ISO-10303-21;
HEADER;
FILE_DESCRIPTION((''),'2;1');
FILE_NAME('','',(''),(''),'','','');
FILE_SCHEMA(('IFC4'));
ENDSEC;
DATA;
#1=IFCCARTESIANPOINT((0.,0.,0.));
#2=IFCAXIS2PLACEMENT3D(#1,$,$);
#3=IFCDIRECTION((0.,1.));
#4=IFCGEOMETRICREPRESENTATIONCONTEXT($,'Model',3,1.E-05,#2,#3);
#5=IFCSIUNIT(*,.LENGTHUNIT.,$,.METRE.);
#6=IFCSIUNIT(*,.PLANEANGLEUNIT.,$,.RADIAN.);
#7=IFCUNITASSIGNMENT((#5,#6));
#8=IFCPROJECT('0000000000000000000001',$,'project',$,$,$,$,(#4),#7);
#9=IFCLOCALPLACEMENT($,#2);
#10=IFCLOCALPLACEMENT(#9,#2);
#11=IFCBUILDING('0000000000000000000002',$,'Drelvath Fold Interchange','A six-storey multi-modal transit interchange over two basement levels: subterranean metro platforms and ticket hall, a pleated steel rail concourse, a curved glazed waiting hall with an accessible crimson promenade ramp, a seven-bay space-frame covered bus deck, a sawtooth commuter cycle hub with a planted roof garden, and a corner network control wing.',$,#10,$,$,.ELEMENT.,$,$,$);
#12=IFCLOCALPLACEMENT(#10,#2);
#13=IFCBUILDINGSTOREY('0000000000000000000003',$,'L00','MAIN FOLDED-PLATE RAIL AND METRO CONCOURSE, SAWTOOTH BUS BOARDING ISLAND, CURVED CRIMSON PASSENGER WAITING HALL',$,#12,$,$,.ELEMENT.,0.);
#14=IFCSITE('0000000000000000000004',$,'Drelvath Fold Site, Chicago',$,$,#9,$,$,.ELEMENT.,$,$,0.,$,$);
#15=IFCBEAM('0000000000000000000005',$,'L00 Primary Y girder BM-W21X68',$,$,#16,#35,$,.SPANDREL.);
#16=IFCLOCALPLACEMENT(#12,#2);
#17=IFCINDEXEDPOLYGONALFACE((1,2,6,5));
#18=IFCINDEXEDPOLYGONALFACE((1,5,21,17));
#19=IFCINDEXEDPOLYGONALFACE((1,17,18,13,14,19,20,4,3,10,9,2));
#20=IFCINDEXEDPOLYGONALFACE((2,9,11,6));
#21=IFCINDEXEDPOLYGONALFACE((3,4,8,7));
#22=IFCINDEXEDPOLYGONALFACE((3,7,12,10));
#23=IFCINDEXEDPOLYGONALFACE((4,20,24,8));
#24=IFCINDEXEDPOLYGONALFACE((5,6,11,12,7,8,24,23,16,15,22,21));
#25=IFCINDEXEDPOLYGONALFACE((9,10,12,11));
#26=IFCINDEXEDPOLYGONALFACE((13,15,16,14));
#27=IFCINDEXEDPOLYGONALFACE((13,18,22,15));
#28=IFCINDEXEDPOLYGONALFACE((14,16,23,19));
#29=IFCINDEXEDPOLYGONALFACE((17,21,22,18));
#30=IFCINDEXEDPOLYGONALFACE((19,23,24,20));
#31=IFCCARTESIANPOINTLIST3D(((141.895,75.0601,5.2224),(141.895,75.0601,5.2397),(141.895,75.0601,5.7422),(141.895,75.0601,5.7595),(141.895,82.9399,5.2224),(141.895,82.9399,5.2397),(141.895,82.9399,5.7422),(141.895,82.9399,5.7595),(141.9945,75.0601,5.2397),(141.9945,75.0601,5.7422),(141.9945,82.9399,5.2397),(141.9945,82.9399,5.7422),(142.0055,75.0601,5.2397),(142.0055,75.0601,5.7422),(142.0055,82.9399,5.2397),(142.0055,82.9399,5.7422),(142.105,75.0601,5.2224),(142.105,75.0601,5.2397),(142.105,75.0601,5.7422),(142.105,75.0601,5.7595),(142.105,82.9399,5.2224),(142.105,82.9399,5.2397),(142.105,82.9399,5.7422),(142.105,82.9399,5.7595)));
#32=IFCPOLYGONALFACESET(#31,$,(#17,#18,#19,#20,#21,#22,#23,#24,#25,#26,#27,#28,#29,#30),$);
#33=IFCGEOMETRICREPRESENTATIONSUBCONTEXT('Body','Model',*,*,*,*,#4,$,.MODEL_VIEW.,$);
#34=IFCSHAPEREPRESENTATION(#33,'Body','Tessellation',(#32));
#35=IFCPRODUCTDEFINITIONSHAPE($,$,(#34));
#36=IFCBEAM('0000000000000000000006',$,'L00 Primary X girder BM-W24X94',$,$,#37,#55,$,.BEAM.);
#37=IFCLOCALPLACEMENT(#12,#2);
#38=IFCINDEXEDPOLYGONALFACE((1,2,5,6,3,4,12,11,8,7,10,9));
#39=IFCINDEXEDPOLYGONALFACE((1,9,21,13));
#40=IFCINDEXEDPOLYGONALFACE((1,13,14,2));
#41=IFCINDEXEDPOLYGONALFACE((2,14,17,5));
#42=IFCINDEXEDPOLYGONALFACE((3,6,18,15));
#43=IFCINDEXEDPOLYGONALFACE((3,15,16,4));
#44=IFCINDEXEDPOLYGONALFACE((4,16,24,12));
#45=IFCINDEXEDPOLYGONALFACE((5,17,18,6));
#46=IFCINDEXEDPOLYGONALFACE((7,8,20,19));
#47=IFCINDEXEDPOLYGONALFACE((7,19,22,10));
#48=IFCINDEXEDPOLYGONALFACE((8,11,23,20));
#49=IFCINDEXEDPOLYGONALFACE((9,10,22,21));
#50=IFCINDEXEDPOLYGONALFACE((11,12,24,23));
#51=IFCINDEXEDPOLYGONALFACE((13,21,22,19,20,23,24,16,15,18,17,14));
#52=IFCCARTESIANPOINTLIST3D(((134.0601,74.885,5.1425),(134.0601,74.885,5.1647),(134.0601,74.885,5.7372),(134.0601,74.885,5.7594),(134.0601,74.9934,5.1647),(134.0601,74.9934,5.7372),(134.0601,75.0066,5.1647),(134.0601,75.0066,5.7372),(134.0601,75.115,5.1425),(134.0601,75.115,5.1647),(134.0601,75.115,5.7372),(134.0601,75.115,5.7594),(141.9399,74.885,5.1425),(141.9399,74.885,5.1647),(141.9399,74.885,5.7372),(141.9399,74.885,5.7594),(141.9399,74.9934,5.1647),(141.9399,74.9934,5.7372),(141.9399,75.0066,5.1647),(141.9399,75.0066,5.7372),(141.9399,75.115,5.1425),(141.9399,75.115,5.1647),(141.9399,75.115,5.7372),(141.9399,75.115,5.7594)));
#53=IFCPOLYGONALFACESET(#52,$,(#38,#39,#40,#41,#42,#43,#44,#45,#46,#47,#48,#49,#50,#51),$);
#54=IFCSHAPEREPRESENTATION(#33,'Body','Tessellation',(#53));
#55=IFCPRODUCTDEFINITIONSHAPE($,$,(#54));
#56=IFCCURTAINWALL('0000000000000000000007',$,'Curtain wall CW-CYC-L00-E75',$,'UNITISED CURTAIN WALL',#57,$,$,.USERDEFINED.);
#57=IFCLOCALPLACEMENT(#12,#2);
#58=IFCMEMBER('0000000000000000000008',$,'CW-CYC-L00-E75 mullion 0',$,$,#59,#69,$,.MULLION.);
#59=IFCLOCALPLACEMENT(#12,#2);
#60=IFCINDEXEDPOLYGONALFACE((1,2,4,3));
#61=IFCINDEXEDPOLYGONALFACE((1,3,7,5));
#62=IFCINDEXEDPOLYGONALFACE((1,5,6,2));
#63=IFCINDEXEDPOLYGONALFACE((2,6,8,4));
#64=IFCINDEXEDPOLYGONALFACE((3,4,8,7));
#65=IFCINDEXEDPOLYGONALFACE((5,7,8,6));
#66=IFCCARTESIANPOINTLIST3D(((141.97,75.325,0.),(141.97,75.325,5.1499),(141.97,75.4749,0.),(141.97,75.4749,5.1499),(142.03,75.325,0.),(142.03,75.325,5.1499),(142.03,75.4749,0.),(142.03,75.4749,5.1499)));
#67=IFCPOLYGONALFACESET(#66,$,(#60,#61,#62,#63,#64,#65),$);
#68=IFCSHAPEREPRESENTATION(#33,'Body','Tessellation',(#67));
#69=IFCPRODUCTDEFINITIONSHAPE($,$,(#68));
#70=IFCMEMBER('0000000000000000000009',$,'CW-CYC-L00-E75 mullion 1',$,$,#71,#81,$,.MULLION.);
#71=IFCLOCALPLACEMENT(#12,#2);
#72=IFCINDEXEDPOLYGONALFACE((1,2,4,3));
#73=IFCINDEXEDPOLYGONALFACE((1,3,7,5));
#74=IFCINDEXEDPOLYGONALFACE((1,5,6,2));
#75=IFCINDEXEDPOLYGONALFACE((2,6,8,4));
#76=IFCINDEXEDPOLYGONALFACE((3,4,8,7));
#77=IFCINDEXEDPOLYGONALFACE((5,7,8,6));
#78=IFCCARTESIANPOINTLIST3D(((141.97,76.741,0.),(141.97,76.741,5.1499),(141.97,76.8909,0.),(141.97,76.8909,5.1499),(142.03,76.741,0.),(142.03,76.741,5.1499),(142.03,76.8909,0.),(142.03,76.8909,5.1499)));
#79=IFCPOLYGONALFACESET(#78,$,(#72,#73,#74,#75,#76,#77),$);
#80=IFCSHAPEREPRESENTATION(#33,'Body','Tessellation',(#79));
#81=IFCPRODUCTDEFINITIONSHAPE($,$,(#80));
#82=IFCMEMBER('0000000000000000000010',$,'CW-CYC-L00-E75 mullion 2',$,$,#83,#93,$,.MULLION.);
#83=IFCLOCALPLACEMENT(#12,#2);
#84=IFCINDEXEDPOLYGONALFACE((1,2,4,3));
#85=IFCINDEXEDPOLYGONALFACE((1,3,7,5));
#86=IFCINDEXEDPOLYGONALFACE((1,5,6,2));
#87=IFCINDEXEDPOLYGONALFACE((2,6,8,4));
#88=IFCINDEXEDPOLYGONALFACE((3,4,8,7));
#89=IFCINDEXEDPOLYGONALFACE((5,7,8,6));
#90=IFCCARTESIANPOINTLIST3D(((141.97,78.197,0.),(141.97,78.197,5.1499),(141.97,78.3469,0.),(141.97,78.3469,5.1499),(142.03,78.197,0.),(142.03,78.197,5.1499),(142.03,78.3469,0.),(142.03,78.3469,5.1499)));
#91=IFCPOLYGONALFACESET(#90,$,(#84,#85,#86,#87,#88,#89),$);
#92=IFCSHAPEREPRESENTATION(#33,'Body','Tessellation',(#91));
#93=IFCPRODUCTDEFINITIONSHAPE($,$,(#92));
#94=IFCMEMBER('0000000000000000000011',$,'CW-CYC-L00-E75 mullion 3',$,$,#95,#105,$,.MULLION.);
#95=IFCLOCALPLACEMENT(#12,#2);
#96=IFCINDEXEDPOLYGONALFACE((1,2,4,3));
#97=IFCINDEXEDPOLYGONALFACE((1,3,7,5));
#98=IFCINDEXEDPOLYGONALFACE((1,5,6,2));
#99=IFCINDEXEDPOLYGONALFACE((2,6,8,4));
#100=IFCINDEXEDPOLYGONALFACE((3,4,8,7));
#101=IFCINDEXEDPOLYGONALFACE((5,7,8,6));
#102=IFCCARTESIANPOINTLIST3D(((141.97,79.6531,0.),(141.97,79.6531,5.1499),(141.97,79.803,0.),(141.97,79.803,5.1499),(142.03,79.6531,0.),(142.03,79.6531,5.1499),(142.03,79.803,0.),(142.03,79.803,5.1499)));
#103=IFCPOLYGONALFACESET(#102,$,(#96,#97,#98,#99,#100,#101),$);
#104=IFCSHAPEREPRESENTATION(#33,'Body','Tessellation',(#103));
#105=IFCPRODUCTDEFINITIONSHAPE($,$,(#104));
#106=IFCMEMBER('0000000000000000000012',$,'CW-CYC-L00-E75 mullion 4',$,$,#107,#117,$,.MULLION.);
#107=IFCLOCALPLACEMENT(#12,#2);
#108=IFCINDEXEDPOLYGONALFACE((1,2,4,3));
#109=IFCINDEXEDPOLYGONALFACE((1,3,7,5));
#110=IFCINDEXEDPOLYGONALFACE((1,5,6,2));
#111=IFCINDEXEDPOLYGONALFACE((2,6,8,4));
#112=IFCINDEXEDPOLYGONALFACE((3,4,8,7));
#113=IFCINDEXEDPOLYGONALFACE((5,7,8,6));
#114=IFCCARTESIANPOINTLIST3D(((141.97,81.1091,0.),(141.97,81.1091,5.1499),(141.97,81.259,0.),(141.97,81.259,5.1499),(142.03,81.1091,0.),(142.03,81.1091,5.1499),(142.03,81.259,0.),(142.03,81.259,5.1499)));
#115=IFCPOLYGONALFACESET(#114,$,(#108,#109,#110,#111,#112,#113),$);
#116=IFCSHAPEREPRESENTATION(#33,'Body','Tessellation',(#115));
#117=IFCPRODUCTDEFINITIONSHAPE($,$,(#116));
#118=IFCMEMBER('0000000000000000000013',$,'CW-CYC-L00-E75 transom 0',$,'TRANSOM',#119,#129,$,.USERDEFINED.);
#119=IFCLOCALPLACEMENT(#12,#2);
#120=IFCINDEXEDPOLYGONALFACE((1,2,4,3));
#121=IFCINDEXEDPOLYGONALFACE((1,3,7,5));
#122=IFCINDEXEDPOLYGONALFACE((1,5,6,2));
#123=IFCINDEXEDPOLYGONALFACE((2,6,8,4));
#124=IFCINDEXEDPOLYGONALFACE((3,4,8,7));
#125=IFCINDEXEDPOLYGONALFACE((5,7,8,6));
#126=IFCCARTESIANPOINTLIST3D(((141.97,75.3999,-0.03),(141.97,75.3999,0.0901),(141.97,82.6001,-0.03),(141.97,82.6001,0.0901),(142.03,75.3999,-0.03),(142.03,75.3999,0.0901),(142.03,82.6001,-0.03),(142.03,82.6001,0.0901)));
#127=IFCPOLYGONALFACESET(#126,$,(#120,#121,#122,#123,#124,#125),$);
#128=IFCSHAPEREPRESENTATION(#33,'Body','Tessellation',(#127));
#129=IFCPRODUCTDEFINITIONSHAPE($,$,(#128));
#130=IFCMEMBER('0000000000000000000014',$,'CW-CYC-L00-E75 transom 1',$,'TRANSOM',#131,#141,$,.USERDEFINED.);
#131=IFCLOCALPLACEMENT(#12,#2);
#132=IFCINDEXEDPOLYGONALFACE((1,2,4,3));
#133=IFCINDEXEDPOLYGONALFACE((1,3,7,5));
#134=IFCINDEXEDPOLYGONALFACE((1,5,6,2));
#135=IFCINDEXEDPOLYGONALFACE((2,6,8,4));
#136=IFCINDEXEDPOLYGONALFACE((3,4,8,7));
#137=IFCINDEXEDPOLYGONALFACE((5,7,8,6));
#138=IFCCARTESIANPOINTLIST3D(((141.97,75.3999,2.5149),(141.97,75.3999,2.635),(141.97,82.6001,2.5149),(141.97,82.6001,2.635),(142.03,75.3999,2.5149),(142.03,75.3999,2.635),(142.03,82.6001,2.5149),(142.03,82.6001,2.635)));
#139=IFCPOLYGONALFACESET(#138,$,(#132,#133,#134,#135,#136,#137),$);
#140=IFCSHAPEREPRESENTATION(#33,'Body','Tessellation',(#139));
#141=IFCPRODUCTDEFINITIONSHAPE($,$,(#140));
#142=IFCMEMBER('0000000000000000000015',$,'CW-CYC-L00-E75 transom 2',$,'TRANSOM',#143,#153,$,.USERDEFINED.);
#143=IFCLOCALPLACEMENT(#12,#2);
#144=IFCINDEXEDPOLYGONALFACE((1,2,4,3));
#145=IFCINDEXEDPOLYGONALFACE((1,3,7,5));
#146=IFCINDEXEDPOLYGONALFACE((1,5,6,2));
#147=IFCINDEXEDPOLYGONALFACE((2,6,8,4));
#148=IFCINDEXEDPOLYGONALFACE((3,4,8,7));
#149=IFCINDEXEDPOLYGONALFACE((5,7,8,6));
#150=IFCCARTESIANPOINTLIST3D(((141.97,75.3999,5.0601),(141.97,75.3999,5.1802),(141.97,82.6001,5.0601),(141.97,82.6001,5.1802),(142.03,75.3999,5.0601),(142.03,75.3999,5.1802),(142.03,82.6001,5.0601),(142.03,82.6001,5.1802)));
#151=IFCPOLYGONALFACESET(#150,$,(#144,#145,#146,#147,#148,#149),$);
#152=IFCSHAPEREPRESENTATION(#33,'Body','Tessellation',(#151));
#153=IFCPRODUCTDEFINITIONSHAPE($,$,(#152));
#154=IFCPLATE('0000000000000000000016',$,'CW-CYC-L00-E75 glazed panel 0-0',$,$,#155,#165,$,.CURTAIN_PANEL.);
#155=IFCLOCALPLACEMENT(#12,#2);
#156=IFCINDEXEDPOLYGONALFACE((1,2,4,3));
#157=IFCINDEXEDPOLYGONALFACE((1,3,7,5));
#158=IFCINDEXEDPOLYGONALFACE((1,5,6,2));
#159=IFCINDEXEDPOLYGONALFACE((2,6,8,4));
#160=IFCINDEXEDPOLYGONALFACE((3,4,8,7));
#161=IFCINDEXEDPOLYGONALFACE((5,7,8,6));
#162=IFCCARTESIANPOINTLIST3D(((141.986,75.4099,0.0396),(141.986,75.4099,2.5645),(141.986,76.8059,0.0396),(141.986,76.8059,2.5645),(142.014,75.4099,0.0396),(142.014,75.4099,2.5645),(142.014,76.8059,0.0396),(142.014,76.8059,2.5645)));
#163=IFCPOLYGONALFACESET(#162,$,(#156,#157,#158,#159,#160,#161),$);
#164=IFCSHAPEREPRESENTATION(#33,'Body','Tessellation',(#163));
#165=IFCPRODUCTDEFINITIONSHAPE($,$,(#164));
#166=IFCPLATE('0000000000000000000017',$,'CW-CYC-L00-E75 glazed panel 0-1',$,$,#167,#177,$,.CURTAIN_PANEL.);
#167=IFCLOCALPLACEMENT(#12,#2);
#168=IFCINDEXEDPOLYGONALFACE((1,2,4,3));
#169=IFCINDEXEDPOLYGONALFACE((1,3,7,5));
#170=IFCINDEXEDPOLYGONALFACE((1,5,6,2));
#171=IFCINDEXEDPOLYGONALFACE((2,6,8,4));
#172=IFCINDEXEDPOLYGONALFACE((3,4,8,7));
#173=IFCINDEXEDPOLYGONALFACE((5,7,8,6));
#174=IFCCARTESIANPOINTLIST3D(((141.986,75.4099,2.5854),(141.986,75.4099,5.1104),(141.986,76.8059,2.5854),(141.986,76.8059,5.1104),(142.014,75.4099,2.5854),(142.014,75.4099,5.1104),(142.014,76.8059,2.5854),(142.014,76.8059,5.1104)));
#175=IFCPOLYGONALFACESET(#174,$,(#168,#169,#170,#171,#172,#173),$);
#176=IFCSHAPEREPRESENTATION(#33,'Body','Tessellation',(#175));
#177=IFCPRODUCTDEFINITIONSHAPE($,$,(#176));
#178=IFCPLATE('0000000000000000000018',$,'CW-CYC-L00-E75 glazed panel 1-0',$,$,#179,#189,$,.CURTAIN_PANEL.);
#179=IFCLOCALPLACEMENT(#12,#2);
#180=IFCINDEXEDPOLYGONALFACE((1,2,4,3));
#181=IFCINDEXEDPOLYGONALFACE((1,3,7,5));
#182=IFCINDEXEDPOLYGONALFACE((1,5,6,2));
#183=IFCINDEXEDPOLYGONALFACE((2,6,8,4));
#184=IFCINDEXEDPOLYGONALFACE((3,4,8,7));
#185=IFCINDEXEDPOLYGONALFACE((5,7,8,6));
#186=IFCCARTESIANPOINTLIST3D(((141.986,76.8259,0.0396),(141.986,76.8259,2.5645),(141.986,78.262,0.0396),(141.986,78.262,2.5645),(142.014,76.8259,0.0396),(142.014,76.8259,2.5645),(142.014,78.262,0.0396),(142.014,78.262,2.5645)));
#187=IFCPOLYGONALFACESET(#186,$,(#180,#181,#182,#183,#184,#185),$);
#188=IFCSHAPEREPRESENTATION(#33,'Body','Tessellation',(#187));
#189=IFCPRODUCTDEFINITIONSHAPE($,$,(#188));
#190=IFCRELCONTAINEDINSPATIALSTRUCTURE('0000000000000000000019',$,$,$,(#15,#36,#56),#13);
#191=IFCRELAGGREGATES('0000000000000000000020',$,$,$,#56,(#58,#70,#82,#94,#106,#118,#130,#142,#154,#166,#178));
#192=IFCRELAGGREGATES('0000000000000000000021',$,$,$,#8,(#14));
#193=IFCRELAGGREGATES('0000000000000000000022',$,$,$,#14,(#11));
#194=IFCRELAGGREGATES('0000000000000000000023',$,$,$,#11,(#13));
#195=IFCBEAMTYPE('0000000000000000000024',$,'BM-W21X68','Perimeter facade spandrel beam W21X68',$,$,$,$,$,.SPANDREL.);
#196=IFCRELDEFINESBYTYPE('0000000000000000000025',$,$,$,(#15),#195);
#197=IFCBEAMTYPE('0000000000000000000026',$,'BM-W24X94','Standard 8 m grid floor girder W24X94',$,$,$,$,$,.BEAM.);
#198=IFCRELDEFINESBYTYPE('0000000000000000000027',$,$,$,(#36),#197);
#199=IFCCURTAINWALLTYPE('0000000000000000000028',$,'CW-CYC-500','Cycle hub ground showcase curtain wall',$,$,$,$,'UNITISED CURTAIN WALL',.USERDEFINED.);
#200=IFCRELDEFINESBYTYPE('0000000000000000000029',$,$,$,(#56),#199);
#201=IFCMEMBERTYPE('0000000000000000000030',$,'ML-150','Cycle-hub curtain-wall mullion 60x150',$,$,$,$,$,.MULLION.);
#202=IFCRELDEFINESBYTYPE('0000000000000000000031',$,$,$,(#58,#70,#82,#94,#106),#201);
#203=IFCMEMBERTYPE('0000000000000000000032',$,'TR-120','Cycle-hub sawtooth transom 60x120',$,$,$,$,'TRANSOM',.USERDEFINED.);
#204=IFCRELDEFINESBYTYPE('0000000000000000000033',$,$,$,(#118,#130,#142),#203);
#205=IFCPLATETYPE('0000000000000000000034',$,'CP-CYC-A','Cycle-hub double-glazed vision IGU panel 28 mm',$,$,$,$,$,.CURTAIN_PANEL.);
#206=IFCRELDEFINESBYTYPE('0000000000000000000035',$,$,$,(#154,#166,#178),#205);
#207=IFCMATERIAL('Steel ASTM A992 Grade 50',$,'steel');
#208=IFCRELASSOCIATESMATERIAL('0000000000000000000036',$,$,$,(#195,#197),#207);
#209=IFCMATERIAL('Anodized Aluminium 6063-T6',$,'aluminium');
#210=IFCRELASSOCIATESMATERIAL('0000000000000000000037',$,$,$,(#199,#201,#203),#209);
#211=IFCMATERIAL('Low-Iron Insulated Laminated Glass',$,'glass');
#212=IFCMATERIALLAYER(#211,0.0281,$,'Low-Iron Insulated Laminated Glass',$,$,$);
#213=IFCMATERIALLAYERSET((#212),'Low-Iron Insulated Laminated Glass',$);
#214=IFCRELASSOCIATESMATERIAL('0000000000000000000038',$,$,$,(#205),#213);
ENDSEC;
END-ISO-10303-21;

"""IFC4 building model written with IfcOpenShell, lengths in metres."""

from ifc_helpers import new_model, si_unit, direction, frame, origin, origin_2d, place, context, subcontext, project, spatial, rectangle, i_section, extrude, material, layer, layer_set, material_profile, profile_set, type_object, element, aggregate, save


model = new_model("IFC4")

# Units and contexts
model_context = context("Model", 3, precision=1e-05, world=origin(), true_north=direction((0.0, 1.0)))
body_context = subcontext(model_context, "Body", "Model", "MODEL_VIEW")
ifc_project = project(units=[si_unit("LENGTHUNIT", "METRE"), si_unit("PLANEANGLEUNIT", "RADIAN")], contexts=[model_context])

# Site, building, storey
site_placement = place(None, origin())
site = spatial("IfcSite", under=ifc_project, at=site_placement, Name="Drelvath Fold Site, Chicago", CompositionType="ELEMENT", RefElevation=0.0)
building_placement = place(site_placement, origin())
building = spatial("IfcBuilding", under=site, at=building_placement, Name="Drelvath Fold Interchange", Description="A six-storey multi-modal transit interchange over two basement levels: subterranean metro platforms and ticket hall, a pleated steel rail concourse, a curved glazed waiting hall with an accessible crimson promenade ramp, a seven-bay space-frame covered bus deck, a sawtooth commuter cycle hub with a planted roof garden, and a corner network control wing.", CompositionType="ELEMENT")
storey_placement = place(building_placement, origin())
storey = spatial("IfcBuildingStorey", under=building, at=storey_placement, Name="L00", Description="MAIN FOLDED-PLATE RAIL AND METRO CONCOURSE, SAWTOOTH BUS BOARDING ISLAND, CURVED CRIMSON PASSENGER WAITING HALL", CompositionType="ELEMENT", Elevation=0.0)

# Beams
ifc_material_1 = material(Name="Steel ASTM A992 Grade 50", Category="steel")
ifc_material_profile_1 = material_profile(ifc_material_1, i_section(OverallWidth=0.21, OverallDepth=0.5371, WebThickness=0.011, FlangeThickness=0.0173, at=origin_2d()), Name="W21X68")
ifc_profile_set_1 = profile_set([ifc_material_profile_1], Name="Steel ASTM A992 Grade 50")
beam_type_1 = type_object("IfcBeamType", Name="BM-W21X68", Description="Perimeter facade spandrel beam W21X68", PredefinedType="SPANDREL", material=ifc_profile_set_1)
beam_1_placement = place(storey_placement, frame((142.0, 75.0601, 5.491), z_axis=(0.0, 1.0, 0.0), x_axis=(-1.0, 0.0, 0.0)))
element("IfcBeam", 1, at=beam_1_placement, inside=storey, type_object=beam_type_1, Name="L00 Primary Y girder BM-W21X68", PredefinedType="SPANDREL", context=body_context, shape_type="SweptSolid", body=[
    extrude(i_section(OverallWidth=0.21, OverallDepth=0.5371, WebThickness=0.011, FlangeThickness=0.0173, at=origin_2d()), origin(), (0.0, 0.0, 1.0), 7.8799),
])
ifc_material_profile_2 = material_profile(ifc_material_1, i_section(OverallWidth=0.23, OverallDepth=0.6169, WebThickness=0.0132, FlangeThickness=0.0222, at=origin_2d()), Name="W24X94")
ifc_profile_set_2 = profile_set([ifc_material_profile_2], Name="Steel ASTM A992 Grade 50")
beam_type_2 = type_object("IfcBeamType", Name="BM-W24X94", Description="Standard 8 m grid floor girder W24X94", PredefinedType="BEAM", material=ifc_profile_set_2)
beam_2_placement = place(storey_placement, frame((134.0601, 75.0, 5.4509), z_axis=(1.0, 0.0, 0.0), x_axis=(0.0, 1.0, 0.0)))
element("IfcBeam", 2, at=beam_2_placement, inside=storey, type_object=beam_type_2, Name="L00 Primary X girder BM-W24X94", PredefinedType="BEAM", context=body_context, shape_type="SweptSolid", body=[
    extrude(i_section(OverallWidth=0.23, OverallDepth=0.6169, WebThickness=0.0132, FlangeThickness=0.0222, at=origin_2d()), origin(), (0.0, 0.0, 1.0), 7.8799),
])

# Curtain wall, members, plates
ifc_material_2 = material(Name="Anodized Aluminium 6063-T6", Category="aluminium")
curtain_wall_type = type_object("IfcCurtainWallType", Name="CW-CYC-500", Description="Cycle hub ground showcase curtain wall", ElementType="UNITISED CURTAIN WALL", PredefinedType="USERDEFINED", material=ifc_material_2)
curtain_wall_placement = place(storey_placement, origin())
curtain_wall = element("IfcCurtainWall", 3, at=curtain_wall_placement, inside=storey, type_object=curtain_wall_type, Name="Curtain wall CW-CYC-L00-E75", ObjectType="UNITISED CURTAIN WALL", PredefinedType="USERDEFINED")
ifc_material_profile_3 = material_profile(ifc_material_2, rectangle(XDim=0.0601, YDim=0.1499, at=origin_2d()), Name="AL-M 60x150")
ifc_profile_set_3 = profile_set([ifc_material_profile_3], Name="Anodized Aluminium 6063-T6")
member_type_1 = type_object("IfcMemberType", Name="ML-150", Description="Cycle-hub curtain-wall mullion 60x150", PredefinedType="MULLION", material=ifc_profile_set_3)
member_1_placement = place(storey_placement, frame((142.0, 75.3999, 0.0), z_axis=(0.0, 0.0, 1.0), x_axis=(1.0, 0.0, 0.0)))
member_1 = element("IfcMember", 4, at=member_1_placement, type_object=member_type_1, Name="CW-CYC-L00-E75 mullion 0", PredefinedType="MULLION", context=body_context, shape_type="SweptSolid", body=[
    extrude(rectangle(XDim=0.0601, YDim=0.1499, at=origin_2d()), origin(), (0.0, 0.0, 1.0), 5.1499),
])
member_2_placement = place(storey_placement, frame((142.0, 76.8159, 0.0), z_axis=(0.0, 0.0, 1.0), x_axis=(1.0, 0.0, 0.0)))
member_2 = element("IfcMember", 5, at=member_2_placement, type_object=member_type_1, Name="CW-CYC-L00-E75 mullion 1", PredefinedType="MULLION", context=body_context, shape_type="SweptSolid", body=[
    extrude(rectangle(XDim=0.0601, YDim=0.1499, at=origin_2d()), origin(), (0.0, 0.0, 1.0), 5.1499),
])
member_3_placement = place(storey_placement, frame((142.0, 78.272, 0.0), z_axis=(0.0, 0.0, 1.0), x_axis=(1.0, 0.0, 0.0)))
member_3 = element("IfcMember", 6, at=member_3_placement, type_object=member_type_1, Name="CW-CYC-L00-E75 mullion 2", PredefinedType="MULLION", context=body_context, shape_type="SweptSolid", body=[
    extrude(rectangle(XDim=0.0601, YDim=0.1499, at=origin_2d()), origin(), (0.0, 0.0, 1.0), 5.1499),
])
member_4_placement = place(storey_placement, frame((142.0, 79.728, 0.0), z_axis=(0.0, 0.0, 1.0), x_axis=(1.0, 0.0, 0.0)))
member_4 = element("IfcMember", 7, at=member_4_placement, type_object=member_type_1, Name="CW-CYC-L00-E75 mullion 3", PredefinedType="MULLION", context=body_context, shape_type="SweptSolid", body=[
    extrude(rectangle(XDim=0.0601, YDim=0.1499, at=origin_2d()), origin(), (0.0, 0.0, 1.0), 5.1499),
])
member_5_placement = place(storey_placement, frame((142.0, 81.1841, 0.0), z_axis=(0.0, 0.0, 1.0), x_axis=(1.0, 0.0, 0.0)))
member_5 = element("IfcMember", 8, at=member_5_placement, type_object=member_type_1, Name="CW-CYC-L00-E75 mullion 4", PredefinedType="MULLION", context=body_context, shape_type="SweptSolid", body=[
    extrude(rectangle(XDim=0.0601, YDim=0.1499, at=origin_2d()), origin(), (0.0, 0.0, 1.0), 5.1499),
])
ifc_material_profile_4 = material_profile(ifc_material_2, rectangle(XDim=0.0601, YDim=0.1201, at=origin_2d()), Name="AL-T 60x120")
ifc_profile_set_4 = profile_set([ifc_material_profile_4], Name="Anodized Aluminium 6063-T6")
member_type_2 = type_object("IfcMemberType", Name="TR-120", Description="Cycle-hub sawtooth transom 60x120", ElementType="TRANSOM", PredefinedType="USERDEFINED", material=ifc_profile_set_4)
member_6_placement = place(storey_placement, frame((142.0, 75.3999, 0.03), z_axis=(0.0, 1.0, 0.0), x_axis=(-1.0, 0.0, 0.0)))
member_6 = element("IfcMember", 9, at=member_6_placement, type_object=member_type_2, Name="CW-CYC-L00-E75 transom 0", ObjectType="TRANSOM", PredefinedType="USERDEFINED", context=body_context, shape_type="SweptSolid", body=[
    extrude(rectangle(XDim=0.0601, YDim=0.1201, at=origin_2d()), origin(), (0.0, 0.0, 1.0), 7.2002),
])
member_7_placement = place(storey_placement, frame((142.0, 75.3999, 2.575), z_axis=(0.0, 1.0, 0.0), x_axis=(-1.0, 0.0, 0.0)))
member_7 = element("IfcMember", 10, at=member_7_placement, type_object=member_type_2, Name="CW-CYC-L00-E75 transom 1", ObjectType="TRANSOM", PredefinedType="USERDEFINED", context=body_context, shape_type="SweptSolid", body=[
    extrude(rectangle(XDim=0.0601, YDim=0.1201, at=origin_2d()), origin(), (0.0, 0.0, 1.0), 7.2002),
])
member_8_placement = place(storey_placement, frame((142.0, 75.3999, 5.1201), z_axis=(0.0, 1.0, 0.0), x_axis=(-1.0, 0.0, 0.0)))
member_8 = element("IfcMember", 11, at=member_8_placement, type_object=member_type_2, Name="CW-CYC-L00-E75 transom 2", ObjectType="TRANSOM", PredefinedType="USERDEFINED", context=body_context, shape_type="SweptSolid", body=[
    extrude(rectangle(XDim=0.0601, YDim=0.1201, at=origin_2d()), origin(), (0.0, 0.0, 1.0), 7.2002),
])
ifc_material_3 = material(Name="Low-Iron Insulated Laminated Glass", Category="glass")
ifc_layer_1 = layer(ifc_material_3, 0.0281, Name="Low-Iron Insulated Laminated Glass")
ifc_layer_set_1 = layer_set([ifc_layer_1], Name="Low-Iron Insulated Laminated Glass")
plate_type = type_object("IfcPlateType", Name="CP-CYC-A", Description="Cycle-hub double-glazed vision IGU panel 28 mm", PredefinedType="CURTAIN_PANEL", material=ifc_layer_set_1)
plate_1_placement = place(storey_placement, frame((142.0, 76.1079, 0.0396), z_axis=(0.0, 0.0, 1.0), x_axis=(0.0, 1.0, 0.0)))
plate_1 = element("IfcPlate", 12, at=plate_1_placement, type_object=plate_type, Name="CW-CYC-L00-E75 glazed panel 0-0", PredefinedType="CURTAIN_PANEL", context=body_context, shape_type="SweptSolid", body=[
    extrude(rectangle(XDim=1.396, YDim=0.0281, at=origin_2d()), origin(), (0.0, 0.0, 1.0), 2.5249),
])
plate_2_placement = place(storey_placement, frame((142.0, 76.1079, 2.5854), z_axis=(0.0, 0.0, 1.0), x_axis=(0.0, 1.0, 0.0)))
plate_2 = element("IfcPlate", 13, at=plate_2_placement, type_object=plate_type, Name="CW-CYC-L00-E75 glazed panel 0-1", PredefinedType="CURTAIN_PANEL", context=body_context, shape_type="SweptSolid", body=[
    extrude(rectangle(XDim=1.396, YDim=0.0281, at=origin_2d()), origin(), (0.0, 0.0, 1.0), 2.5249),
])
plate_3_placement = place(storey_placement, frame((142.0, 77.5439, 0.0396), z_axis=(0.0, 0.0, 1.0), x_axis=(0.0, 1.0, 0.0)))
plate_3 = element("IfcPlate", 14, at=plate_3_placement, type_object=plate_type, Name="CW-CYC-L00-E75 glazed panel 1-0", PredefinedType="CURTAIN_PANEL", context=body_context, shape_type="SweptSolid", body=[
    extrude(rectangle(XDim=1.436, YDim=0.0281, at=origin_2d()), origin(), (0.0, 0.0, 1.0), 2.5249),
])
aggregate(curtain_wall, [member_1, member_2, member_3, member_4, member_5, member_6, member_7, member_8, plate_1, plate_2, plate_3])

save(model, "model.ifc")
